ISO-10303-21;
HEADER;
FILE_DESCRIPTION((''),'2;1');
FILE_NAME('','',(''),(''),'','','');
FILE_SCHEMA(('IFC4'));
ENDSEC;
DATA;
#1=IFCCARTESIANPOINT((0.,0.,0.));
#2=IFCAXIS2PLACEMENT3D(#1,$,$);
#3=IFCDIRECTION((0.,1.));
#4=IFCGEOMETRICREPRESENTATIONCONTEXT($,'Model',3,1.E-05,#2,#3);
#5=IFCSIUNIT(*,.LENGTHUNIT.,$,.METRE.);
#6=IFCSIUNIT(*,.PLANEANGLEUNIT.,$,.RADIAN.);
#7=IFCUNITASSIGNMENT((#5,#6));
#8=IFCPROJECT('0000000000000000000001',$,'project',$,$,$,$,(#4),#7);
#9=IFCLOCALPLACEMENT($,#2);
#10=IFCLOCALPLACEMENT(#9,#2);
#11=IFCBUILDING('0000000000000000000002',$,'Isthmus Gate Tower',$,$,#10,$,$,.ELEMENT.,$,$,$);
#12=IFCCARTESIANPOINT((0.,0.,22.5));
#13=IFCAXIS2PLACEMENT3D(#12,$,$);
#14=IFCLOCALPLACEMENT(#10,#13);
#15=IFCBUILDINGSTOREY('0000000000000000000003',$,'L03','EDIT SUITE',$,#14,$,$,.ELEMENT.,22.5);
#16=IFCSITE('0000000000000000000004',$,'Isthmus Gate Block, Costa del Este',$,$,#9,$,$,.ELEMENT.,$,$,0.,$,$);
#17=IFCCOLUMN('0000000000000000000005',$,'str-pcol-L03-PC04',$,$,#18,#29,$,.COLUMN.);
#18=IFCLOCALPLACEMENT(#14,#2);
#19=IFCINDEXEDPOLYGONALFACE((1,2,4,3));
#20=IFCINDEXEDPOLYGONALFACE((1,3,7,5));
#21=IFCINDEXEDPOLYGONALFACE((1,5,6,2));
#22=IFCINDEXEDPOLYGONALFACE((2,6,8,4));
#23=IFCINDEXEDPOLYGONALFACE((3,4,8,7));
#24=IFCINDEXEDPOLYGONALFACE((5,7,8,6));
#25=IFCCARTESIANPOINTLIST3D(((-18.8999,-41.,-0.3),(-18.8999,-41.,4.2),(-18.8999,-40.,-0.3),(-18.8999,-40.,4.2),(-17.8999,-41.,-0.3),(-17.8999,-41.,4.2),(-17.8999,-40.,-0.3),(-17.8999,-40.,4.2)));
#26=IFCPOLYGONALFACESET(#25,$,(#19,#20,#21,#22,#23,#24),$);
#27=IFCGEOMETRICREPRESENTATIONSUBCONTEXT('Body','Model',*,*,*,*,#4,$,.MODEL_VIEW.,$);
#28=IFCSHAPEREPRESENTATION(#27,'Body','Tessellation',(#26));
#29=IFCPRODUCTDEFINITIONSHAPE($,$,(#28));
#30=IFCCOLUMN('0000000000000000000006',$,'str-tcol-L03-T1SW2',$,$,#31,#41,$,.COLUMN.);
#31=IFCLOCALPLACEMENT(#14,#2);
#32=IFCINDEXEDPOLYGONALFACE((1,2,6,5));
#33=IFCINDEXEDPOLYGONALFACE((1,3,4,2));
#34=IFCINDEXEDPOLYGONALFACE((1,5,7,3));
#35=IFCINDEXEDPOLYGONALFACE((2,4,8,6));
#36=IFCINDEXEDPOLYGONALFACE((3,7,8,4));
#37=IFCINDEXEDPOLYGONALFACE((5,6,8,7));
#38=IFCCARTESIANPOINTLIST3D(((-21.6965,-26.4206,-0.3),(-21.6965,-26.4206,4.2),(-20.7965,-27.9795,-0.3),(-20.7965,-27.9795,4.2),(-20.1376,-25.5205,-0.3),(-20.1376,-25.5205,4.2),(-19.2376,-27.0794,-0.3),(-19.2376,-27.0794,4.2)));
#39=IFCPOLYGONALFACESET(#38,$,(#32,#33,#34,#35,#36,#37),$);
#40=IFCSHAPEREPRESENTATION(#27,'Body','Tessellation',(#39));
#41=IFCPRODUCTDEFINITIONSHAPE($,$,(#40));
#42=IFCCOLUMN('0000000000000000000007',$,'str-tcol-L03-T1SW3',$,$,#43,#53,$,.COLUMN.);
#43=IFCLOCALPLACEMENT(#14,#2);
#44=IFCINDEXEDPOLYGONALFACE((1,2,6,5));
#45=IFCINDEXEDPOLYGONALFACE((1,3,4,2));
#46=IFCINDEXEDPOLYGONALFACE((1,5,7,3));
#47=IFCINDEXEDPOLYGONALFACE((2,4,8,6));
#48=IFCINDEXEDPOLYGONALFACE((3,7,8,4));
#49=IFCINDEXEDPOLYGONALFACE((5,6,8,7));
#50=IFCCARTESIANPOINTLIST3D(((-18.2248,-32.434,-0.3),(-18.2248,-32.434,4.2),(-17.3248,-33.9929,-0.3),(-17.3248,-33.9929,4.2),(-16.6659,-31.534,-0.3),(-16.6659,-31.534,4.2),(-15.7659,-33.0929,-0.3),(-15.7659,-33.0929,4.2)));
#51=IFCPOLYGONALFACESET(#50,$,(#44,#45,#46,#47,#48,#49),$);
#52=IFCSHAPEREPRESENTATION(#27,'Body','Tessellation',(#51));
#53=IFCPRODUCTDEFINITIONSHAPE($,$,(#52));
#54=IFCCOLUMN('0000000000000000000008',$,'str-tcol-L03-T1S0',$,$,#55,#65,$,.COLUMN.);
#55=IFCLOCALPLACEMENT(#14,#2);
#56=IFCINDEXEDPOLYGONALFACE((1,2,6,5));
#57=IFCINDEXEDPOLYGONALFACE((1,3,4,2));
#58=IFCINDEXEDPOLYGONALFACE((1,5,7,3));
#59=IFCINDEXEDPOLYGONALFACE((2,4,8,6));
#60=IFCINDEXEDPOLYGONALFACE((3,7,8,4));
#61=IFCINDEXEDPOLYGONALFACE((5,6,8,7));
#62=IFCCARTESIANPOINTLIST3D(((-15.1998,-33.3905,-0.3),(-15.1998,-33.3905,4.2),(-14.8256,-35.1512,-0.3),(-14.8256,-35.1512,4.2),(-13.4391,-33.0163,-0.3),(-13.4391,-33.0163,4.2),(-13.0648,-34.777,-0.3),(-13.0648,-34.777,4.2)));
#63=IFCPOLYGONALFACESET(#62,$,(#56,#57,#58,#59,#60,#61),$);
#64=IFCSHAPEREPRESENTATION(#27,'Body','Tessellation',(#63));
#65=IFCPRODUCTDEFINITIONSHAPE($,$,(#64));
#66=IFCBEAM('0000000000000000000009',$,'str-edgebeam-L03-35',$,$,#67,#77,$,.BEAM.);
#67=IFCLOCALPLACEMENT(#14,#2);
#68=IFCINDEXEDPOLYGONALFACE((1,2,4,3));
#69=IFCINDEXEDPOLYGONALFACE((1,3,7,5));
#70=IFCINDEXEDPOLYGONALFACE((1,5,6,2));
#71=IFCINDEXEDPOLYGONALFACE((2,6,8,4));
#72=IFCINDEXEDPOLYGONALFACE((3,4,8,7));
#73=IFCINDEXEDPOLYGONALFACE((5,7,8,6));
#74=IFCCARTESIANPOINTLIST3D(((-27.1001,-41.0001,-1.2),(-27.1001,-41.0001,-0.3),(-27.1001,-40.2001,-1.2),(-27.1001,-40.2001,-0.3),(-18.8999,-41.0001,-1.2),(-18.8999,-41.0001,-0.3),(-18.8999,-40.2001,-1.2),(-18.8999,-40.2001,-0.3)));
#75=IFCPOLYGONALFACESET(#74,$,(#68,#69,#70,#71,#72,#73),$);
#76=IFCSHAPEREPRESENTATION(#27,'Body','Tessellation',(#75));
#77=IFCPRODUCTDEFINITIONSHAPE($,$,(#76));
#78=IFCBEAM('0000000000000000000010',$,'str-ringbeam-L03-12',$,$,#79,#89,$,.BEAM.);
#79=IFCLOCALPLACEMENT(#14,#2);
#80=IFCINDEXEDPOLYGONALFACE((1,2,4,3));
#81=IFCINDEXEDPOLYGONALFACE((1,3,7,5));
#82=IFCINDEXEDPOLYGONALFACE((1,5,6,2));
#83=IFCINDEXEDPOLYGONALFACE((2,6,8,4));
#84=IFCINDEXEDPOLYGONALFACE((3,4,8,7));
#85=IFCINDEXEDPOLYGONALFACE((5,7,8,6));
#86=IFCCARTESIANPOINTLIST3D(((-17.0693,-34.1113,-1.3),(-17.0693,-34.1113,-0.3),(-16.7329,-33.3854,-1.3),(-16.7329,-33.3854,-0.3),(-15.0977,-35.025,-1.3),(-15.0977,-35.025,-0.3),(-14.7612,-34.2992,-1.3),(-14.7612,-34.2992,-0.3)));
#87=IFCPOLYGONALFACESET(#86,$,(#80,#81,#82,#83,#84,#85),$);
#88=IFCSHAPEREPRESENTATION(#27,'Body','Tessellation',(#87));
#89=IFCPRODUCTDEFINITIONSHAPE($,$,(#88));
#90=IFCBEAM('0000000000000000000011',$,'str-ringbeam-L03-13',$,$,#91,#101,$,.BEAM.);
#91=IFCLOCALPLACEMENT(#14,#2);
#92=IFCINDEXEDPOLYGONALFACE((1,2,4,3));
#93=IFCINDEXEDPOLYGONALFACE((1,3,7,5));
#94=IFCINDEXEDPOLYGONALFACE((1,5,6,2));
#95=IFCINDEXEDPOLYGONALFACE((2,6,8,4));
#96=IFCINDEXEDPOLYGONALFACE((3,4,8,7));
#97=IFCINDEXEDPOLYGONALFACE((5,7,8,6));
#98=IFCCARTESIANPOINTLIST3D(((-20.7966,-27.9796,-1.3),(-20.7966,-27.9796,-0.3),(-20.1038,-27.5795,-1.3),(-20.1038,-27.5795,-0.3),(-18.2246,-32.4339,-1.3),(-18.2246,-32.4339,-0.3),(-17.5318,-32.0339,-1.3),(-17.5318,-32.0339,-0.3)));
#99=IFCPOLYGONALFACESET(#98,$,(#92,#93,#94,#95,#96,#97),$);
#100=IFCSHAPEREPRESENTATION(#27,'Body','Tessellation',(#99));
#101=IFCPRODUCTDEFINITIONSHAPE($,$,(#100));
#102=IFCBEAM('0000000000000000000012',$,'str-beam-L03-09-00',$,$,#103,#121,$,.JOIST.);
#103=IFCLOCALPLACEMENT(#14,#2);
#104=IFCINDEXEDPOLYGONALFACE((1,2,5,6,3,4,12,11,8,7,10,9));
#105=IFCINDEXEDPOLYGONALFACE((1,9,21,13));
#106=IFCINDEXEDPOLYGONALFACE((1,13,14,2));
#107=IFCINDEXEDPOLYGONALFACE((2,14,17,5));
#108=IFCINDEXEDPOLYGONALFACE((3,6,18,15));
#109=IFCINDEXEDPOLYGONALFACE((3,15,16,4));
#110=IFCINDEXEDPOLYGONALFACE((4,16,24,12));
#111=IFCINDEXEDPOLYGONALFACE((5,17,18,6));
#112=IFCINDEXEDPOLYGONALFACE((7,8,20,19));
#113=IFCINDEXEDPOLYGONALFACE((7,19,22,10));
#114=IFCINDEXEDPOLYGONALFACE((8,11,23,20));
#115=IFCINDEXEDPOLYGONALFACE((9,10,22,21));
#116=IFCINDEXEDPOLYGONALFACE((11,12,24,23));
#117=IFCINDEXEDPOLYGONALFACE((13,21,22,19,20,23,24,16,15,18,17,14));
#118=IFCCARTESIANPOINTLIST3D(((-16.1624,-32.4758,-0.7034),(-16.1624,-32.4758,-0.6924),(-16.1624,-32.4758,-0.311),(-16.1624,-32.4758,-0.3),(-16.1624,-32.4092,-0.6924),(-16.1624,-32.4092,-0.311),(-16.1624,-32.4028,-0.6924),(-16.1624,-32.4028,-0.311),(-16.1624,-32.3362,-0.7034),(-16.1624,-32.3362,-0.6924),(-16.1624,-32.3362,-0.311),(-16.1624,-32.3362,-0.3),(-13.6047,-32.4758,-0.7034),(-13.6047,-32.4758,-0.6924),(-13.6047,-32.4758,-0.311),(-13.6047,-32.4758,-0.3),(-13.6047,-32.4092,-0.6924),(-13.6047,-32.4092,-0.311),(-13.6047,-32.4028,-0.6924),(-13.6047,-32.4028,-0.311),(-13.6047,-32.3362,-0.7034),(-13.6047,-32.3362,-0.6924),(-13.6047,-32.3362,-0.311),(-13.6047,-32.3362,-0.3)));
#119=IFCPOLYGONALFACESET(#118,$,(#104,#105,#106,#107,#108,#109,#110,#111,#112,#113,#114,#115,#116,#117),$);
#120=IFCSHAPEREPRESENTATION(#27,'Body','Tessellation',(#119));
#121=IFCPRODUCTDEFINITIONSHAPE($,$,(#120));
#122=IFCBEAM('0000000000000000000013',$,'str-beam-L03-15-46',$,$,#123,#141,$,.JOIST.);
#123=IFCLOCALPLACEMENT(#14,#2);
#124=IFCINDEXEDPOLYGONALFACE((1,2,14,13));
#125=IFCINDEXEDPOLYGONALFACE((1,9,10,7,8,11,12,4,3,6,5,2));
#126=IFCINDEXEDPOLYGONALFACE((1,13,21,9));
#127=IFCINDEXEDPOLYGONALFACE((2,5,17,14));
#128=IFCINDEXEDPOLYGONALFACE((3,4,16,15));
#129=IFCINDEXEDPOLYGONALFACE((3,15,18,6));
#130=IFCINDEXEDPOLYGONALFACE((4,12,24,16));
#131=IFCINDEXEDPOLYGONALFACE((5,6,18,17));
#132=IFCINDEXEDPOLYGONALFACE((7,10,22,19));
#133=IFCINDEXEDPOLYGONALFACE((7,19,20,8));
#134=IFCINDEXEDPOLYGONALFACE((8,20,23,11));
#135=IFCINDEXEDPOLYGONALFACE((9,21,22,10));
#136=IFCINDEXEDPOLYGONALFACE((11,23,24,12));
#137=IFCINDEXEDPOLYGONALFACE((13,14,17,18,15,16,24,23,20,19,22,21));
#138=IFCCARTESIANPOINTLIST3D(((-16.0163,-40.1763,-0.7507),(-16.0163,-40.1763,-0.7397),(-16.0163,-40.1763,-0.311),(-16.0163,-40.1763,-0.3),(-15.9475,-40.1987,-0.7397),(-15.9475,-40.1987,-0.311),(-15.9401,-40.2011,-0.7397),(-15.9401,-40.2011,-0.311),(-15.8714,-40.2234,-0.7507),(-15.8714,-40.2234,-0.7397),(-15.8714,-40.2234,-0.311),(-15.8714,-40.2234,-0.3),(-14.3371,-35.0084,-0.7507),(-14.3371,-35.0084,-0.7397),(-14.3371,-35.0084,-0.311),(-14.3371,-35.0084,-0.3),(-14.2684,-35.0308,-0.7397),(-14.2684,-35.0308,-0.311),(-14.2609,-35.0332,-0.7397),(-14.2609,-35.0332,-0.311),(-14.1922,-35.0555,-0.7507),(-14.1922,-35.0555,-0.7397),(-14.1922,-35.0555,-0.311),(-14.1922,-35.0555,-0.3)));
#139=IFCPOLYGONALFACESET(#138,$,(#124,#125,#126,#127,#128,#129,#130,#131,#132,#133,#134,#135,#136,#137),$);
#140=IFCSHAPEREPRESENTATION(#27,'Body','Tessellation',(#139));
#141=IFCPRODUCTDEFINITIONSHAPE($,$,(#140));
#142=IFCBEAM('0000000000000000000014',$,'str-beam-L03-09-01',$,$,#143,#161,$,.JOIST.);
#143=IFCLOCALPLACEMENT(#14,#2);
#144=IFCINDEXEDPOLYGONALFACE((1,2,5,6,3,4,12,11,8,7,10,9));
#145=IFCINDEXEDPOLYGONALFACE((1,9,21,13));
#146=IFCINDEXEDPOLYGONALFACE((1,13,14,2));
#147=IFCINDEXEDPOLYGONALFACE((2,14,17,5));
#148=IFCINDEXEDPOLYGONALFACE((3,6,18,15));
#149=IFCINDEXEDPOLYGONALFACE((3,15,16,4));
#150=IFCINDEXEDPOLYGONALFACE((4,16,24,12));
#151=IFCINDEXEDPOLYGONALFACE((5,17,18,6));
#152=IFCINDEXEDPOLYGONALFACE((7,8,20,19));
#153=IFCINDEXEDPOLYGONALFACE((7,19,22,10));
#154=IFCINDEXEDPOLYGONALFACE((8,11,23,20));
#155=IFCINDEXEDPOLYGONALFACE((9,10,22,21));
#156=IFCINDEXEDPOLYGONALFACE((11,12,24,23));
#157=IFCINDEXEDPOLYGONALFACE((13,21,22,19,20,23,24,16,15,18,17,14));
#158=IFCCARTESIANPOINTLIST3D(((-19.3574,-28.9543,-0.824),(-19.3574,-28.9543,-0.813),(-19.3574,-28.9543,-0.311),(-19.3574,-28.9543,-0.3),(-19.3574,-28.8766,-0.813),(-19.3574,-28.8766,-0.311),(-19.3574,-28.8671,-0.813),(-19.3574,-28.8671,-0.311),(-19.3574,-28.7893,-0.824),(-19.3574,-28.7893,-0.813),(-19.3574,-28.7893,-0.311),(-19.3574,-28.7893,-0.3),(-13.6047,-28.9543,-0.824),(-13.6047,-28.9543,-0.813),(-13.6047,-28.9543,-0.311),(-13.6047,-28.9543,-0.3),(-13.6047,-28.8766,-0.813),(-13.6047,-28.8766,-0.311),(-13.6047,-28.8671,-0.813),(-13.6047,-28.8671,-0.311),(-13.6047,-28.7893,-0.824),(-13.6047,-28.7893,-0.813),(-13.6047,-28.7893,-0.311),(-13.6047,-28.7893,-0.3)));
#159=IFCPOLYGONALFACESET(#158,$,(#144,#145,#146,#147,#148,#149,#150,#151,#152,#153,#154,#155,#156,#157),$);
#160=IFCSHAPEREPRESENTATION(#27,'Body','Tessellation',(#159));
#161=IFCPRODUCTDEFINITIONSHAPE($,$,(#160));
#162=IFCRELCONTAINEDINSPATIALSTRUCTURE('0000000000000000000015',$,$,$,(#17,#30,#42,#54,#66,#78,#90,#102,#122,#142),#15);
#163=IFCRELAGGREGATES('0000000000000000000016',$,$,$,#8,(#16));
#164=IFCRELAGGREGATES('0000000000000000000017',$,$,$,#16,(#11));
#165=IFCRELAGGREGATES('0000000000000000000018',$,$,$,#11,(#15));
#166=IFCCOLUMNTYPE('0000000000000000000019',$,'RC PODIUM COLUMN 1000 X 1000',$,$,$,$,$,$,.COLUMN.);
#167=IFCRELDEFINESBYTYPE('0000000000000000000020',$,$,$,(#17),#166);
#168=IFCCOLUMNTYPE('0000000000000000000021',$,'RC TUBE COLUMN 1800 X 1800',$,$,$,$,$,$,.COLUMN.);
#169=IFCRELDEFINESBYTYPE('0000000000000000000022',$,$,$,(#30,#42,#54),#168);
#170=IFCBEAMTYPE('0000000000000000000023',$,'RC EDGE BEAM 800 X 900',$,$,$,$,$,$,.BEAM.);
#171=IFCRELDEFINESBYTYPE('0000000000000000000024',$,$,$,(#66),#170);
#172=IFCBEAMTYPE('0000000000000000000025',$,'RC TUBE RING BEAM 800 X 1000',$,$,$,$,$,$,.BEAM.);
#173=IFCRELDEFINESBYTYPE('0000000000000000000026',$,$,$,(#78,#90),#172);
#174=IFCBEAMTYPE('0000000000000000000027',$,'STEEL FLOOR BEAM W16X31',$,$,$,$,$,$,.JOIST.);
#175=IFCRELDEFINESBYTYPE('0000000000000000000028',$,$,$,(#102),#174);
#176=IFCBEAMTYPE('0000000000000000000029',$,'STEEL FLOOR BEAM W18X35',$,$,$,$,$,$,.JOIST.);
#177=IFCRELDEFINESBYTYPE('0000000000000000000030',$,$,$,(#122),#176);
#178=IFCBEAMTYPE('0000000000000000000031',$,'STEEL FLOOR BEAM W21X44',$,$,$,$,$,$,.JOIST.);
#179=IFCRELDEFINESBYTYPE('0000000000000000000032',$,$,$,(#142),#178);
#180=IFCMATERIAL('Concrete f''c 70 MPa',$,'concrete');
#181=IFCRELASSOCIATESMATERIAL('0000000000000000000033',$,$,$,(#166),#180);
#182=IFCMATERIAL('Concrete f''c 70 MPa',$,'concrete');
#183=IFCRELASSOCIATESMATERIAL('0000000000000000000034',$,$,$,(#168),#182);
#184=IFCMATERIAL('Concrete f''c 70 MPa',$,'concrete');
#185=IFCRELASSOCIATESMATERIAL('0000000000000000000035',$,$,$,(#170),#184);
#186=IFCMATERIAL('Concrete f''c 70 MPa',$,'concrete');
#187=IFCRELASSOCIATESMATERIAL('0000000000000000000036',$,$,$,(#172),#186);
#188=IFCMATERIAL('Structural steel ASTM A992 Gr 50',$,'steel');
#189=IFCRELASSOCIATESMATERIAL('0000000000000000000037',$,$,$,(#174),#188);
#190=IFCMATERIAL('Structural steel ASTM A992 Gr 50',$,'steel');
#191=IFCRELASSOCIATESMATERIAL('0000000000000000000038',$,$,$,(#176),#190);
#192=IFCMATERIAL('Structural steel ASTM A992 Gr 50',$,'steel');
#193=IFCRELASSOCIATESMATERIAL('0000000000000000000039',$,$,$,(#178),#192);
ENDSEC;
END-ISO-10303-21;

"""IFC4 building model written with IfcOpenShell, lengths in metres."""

from ifc_helpers import new_model, si_unit, direction, frame, origin, origin_2d, place, context, subcontext, project, spatial, rectangle, i_section, extrude, material, material_profile, profile_set, type_object, element, save


model = new_model("IFC4")

# Units and contexts
model_context = context("Model", 3, precision=1e-05, world=origin(), true_north=direction((0.0, 1.0)))
body_context = subcontext(model_context, "Body", "Model", "MODEL_VIEW")
ifc_project = project(units=[si_unit("LENGTHUNIT", "METRE"), si_unit("PLANEANGLEUNIT", "RADIAN")], contexts=[model_context])

# Site, building, storey
site_placement = place(None, origin())
site = spatial("IfcSite", under=ifc_project, at=site_placement, Name="Isthmus Gate Block, Costa del Este", CompositionType="ELEMENT", RefElevation=0.0)
building_placement = place(site_placement, origin())
building = spatial("IfcBuilding", under=site, at=building_placement, Name="Isthmus Gate Tower", CompositionType="ELEMENT")
storey_placement = place(building_placement, frame((0.0, 0.0, 22.5)))
storey = spatial("IfcBuildingStorey", under=building, at=storey_placement, Name="L03", Description="EDIT SUITE", CompositionType="ELEMENT", Elevation=22.5)

# Columns
ifc_material_1 = material(Name="Concrete f'c 70 MPa", Category="concrete")
ifc_material_profile_1 = material_profile(ifc_material_1, rectangle(XDim=1.0, YDim=1.0, at=origin_2d()), Name="RC 1000X1000")
ifc_profile_set_1 = profile_set([ifc_material_profile_1], Name="Concrete f'c 70 MPa")
column_type_1 = type_object("IfcColumnType", Name="RC PODIUM COLUMN 1000 X 1000", PredefinedType="COLUMN", material=ifc_profile_set_1)
column_placement = place(storey_placement, frame((-18.3999, -40.5, -0.3), z_axis=(0.0, 0.0, 1.0), x_axis=(1.0, 0.0, 0.0)))
element("IfcColumn", 1, at=column_placement, inside=storey, type_object=column_type_1, Name="str-pcol-L03-PC04", PredefinedType="COLUMN", context=body_context, shape_type="SweptSolid", body=[
    extrude(rectangle(XDim=1.0, YDim=1.0, at=origin_2d()), origin(), (0.0, 0.0, 1.0), 4.5),
])
ifc_material_2 = material(Name="Concrete f'c 70 MPa", Category="concrete")
ifc_material_profile_2 = material_profile(ifc_material_2, rectangle(XDim=1.8, YDim=1.8, at=origin_2d()), Name="RC 1800X1800")
ifc_profile_set_2 = profile_set([ifc_material_profile_2], Name="Concrete f'c 70 MPa")
column_type_2 = type_object("IfcColumnType", Name="RC TUBE COLUMN 1800 X 1800", PredefinedType="COLUMN", material=ifc_profile_set_2)
for number, where, z_axis, x_axis, name in (
    (2, (-20.467, -26.75, -0.3), (0.0, 0.0, 1.0), (0.5, -0.866025, 0.0), "str-tcol-L03-T1SW2"),
    (3, (-16.9954, -32.7634, -0.3), (0.0, 0.0, 1.0), (0.5, -0.866025, 0.0), "str-tcol-L03-T1SW3"),
    (4, (-14.1323, -34.0837, -0.3), (0.0, 0.0, 1.0), (0.978148, 0.207912, 0.0), "str-tcol-L03-T1S0"),
):
    element("IfcColumn", number, at=place(storey_placement, frame(where, z_axis=z_axis, x_axis=x_axis)), inside=storey, type_object=column_type_2, Name=name, PredefinedType="COLUMN", context=body_context, shape_type="SweptSolid", body=[
        extrude(rectangle(XDim=1.8, YDim=1.8, at=origin_2d()), origin(), (0.0, 0.0, 1.0), 4.5),
    ])

# Beams
ifc_material_3 = material(Name="Concrete f'c 70 MPa", Category="concrete")
ifc_material_profile_3 = material_profile(ifc_material_3, rectangle(XDim=0.8, YDim=0.8999, at=origin_2d()), Name="RC 800X900")
ifc_profile_set_3 = profile_set([ifc_material_profile_3], Name="Concrete f'c 70 MPa")
beam_type_1 = type_object("IfcBeamType", Name="RC EDGE BEAM 800 X 900", PredefinedType="BEAM", material=ifc_profile_set_3)
beam_1_placement = place(storey_placement, frame((-18.8999, -40.6001, -0.75), z_axis=(-1.0, 0.0, 0.0), x_axis=(0.0, -1.0, 0.0)))
element("IfcBeam", 5, at=beam_1_placement, inside=storey, type_object=beam_type_1, Name="str-edgebeam-L03-35", PredefinedType="BEAM", context=body_context, shape_type="SweptSolid", body=[
    extrude(rectangle(XDim=0.8, YDim=0.8999, at=origin_2d()), origin(), (0.0, 0.0, 1.0), 8.2002),
])
ifc_material_4 = material(Name="Concrete f'c 70 MPa", Category="concrete")
ifc_material_profile_4 = material_profile(ifc_material_4, rectangle(XDim=0.8, YDim=1.0, at=origin_2d()), Name="RC 800X1000")
ifc_profile_set_4 = profile_set([ifc_material_profile_4], Name="Concrete f'c 70 MPa")
beam_type_2 = type_object("IfcBeamType", Name="RC TUBE RING BEAM 800 X 1000", PredefinedType="BEAM", material=ifc_profile_set_4)
beam_2_placement = place(storey_placement, frame((-14.9294, -34.6621, -0.8), z_axis=(-0.907291, 0.420504, 0.0), x_axis=(-0.420504, -0.907291, 0.0)))
element("IfcBeam", 6, at=beam_2_placement, inside=storey, type_object=beam_type_2, Name="str-ringbeam-L03-12", PredefinedType="BEAM", context=body_context, shape_type="SweptSolid", body=[
    extrude(rectangle(XDim=0.8, YDim=1.0, at=origin_2d()), origin(), (0.0, 0.0, 1.0), 2.1731),
])
beam_3_placement = place(storey_placement, frame((-17.8782, -32.2339, -0.8), z_axis=(-0.500044, 0.866, 0.0), x_axis=(-0.866, -0.500044, 0.0)))
element("IfcBeam", 7, at=beam_3_placement, inside=storey, type_object=beam_type_2, Name="str-ringbeam-L03-13", PredefinedType="BEAM", context=body_context, shape_type="SweptSolid", body=[
    extrude(rectangle(XDim=0.8, YDim=1.0, at=origin_2d()), origin(), (0.0, 0.0, 1.0), 5.1436),
])
ifc_material_5 = material(Name="Structural steel ASTM A992 Gr 50", Category="steel")
ifc_material_profile_5 = material_profile(ifc_material_5, i_section(OverallWidth=0.1396, OverallDepth=0.4033, WebThickness=0.0063, FlangeThickness=0.011, at=origin_2d()), Name="W16X31")
ifc_profile_set_5 = profile_set([ifc_material_profile_5], Name="Structural steel ASTM A992 Gr 50")
beam_type_3 = type_object("IfcBeamType", Name="STEEL FLOOR BEAM W16X31", PredefinedType="JOIST", material=ifc_profile_set_5)
beam_4_placement = place(storey_placement, frame((-16.1624, -32.406, -0.5017), z_axis=(1.0, 0.0, 0.0), x_axis=(0.0, 1.0, 0.0)))
element("IfcBeam", 8, at=beam_4_placement, inside=storey, type_object=beam_type_3, Name="str-beam-L03-09-00", PredefinedType="JOIST", context=body_context, shape_type="SweptSolid", body=[
    extrude(i_section(OverallWidth=0.1396, OverallDepth=0.4033, WebThickness=0.0063, FlangeThickness=0.011, at=origin_2d()), origin(), (0.0, 0.0, 1.0), 2.5576),
])
ifc_material_6 = material(Name="Structural steel ASTM A992 Gr 50", Category="steel")
ifc_material_profile_6 = material_profile(ifc_material_6, i_section(OverallWidth=0.1523, OverallDepth=0.4507, WebThickness=0.0078, FlangeThickness=0.011, at=origin_2d()), Name="W18X35")
ifc_profile_set_6 = profile_set([ifc_material_profile_6], Name="Structural steel ASTM A992 Gr 50")
beam_type_4 = type_object("IfcBeamType", Name="STEEL FLOOR BEAM W18X35", PredefinedType="JOIST", material=ifc_profile_set_6)
beam_5_placement = place(storey_placement, frame((-14.2646, -35.032, -0.5254), z_axis=(-0.309021, -0.951055, 0.0), x_axis=(0.951055, -0.309021, 0.0)))
element("IfcBeam", 9, at=beam_5_placement, inside=storey, type_object=beam_type_4, Name="str-beam-L03-15-46", PredefinedType="JOIST", context=body_context, shape_type="SweptSolid", body=[
    extrude(i_section(OverallWidth=0.1523, OverallDepth=0.4507, WebThickness=0.0078, FlangeThickness=0.011, at=origin_2d()), origin(), (0.0, 0.0, 1.0), 5.4338),
])
ifc_material_7 = material(Name="Structural steel ASTM A992 Gr 50", Category="steel")
ifc_material_profile_7 = material_profile(ifc_material_7, i_section(OverallWidth=0.165, OverallDepth=0.5239, WebThickness=0.0095, FlangeThickness=0.011, at=origin_2d()), Name="W21X44")
ifc_profile_set_7 = profile_set([ifc_material_profile_7], Name="Structural steel ASTM A992 Gr 50")
beam_type_5 = type_object("IfcBeamType", Name="STEEL FLOOR BEAM W21X44", PredefinedType="JOIST", material=ifc_profile_set_7)
beam_6_placement = place(storey_placement, frame((-19.3574, -28.8718, -0.562), z_axis=(1.0, 0.0, 0.0), x_axis=(0.0, 1.0, 0.0)))
element("IfcBeam", 10, at=beam_6_placement, inside=storey, type_object=beam_type_5, Name="str-beam-L03-09-01", PredefinedType="JOIST", context=body_context, shape_type="SweptSolid", body=[
    extrude(i_section(OverallWidth=0.165, OverallDepth=0.5239, WebThickness=0.0095, FlangeThickness=0.011, at=origin_2d()), origin(), (0.0, 0.0, 1.0), 5.7527),
])

save(model, "model.ifc")
